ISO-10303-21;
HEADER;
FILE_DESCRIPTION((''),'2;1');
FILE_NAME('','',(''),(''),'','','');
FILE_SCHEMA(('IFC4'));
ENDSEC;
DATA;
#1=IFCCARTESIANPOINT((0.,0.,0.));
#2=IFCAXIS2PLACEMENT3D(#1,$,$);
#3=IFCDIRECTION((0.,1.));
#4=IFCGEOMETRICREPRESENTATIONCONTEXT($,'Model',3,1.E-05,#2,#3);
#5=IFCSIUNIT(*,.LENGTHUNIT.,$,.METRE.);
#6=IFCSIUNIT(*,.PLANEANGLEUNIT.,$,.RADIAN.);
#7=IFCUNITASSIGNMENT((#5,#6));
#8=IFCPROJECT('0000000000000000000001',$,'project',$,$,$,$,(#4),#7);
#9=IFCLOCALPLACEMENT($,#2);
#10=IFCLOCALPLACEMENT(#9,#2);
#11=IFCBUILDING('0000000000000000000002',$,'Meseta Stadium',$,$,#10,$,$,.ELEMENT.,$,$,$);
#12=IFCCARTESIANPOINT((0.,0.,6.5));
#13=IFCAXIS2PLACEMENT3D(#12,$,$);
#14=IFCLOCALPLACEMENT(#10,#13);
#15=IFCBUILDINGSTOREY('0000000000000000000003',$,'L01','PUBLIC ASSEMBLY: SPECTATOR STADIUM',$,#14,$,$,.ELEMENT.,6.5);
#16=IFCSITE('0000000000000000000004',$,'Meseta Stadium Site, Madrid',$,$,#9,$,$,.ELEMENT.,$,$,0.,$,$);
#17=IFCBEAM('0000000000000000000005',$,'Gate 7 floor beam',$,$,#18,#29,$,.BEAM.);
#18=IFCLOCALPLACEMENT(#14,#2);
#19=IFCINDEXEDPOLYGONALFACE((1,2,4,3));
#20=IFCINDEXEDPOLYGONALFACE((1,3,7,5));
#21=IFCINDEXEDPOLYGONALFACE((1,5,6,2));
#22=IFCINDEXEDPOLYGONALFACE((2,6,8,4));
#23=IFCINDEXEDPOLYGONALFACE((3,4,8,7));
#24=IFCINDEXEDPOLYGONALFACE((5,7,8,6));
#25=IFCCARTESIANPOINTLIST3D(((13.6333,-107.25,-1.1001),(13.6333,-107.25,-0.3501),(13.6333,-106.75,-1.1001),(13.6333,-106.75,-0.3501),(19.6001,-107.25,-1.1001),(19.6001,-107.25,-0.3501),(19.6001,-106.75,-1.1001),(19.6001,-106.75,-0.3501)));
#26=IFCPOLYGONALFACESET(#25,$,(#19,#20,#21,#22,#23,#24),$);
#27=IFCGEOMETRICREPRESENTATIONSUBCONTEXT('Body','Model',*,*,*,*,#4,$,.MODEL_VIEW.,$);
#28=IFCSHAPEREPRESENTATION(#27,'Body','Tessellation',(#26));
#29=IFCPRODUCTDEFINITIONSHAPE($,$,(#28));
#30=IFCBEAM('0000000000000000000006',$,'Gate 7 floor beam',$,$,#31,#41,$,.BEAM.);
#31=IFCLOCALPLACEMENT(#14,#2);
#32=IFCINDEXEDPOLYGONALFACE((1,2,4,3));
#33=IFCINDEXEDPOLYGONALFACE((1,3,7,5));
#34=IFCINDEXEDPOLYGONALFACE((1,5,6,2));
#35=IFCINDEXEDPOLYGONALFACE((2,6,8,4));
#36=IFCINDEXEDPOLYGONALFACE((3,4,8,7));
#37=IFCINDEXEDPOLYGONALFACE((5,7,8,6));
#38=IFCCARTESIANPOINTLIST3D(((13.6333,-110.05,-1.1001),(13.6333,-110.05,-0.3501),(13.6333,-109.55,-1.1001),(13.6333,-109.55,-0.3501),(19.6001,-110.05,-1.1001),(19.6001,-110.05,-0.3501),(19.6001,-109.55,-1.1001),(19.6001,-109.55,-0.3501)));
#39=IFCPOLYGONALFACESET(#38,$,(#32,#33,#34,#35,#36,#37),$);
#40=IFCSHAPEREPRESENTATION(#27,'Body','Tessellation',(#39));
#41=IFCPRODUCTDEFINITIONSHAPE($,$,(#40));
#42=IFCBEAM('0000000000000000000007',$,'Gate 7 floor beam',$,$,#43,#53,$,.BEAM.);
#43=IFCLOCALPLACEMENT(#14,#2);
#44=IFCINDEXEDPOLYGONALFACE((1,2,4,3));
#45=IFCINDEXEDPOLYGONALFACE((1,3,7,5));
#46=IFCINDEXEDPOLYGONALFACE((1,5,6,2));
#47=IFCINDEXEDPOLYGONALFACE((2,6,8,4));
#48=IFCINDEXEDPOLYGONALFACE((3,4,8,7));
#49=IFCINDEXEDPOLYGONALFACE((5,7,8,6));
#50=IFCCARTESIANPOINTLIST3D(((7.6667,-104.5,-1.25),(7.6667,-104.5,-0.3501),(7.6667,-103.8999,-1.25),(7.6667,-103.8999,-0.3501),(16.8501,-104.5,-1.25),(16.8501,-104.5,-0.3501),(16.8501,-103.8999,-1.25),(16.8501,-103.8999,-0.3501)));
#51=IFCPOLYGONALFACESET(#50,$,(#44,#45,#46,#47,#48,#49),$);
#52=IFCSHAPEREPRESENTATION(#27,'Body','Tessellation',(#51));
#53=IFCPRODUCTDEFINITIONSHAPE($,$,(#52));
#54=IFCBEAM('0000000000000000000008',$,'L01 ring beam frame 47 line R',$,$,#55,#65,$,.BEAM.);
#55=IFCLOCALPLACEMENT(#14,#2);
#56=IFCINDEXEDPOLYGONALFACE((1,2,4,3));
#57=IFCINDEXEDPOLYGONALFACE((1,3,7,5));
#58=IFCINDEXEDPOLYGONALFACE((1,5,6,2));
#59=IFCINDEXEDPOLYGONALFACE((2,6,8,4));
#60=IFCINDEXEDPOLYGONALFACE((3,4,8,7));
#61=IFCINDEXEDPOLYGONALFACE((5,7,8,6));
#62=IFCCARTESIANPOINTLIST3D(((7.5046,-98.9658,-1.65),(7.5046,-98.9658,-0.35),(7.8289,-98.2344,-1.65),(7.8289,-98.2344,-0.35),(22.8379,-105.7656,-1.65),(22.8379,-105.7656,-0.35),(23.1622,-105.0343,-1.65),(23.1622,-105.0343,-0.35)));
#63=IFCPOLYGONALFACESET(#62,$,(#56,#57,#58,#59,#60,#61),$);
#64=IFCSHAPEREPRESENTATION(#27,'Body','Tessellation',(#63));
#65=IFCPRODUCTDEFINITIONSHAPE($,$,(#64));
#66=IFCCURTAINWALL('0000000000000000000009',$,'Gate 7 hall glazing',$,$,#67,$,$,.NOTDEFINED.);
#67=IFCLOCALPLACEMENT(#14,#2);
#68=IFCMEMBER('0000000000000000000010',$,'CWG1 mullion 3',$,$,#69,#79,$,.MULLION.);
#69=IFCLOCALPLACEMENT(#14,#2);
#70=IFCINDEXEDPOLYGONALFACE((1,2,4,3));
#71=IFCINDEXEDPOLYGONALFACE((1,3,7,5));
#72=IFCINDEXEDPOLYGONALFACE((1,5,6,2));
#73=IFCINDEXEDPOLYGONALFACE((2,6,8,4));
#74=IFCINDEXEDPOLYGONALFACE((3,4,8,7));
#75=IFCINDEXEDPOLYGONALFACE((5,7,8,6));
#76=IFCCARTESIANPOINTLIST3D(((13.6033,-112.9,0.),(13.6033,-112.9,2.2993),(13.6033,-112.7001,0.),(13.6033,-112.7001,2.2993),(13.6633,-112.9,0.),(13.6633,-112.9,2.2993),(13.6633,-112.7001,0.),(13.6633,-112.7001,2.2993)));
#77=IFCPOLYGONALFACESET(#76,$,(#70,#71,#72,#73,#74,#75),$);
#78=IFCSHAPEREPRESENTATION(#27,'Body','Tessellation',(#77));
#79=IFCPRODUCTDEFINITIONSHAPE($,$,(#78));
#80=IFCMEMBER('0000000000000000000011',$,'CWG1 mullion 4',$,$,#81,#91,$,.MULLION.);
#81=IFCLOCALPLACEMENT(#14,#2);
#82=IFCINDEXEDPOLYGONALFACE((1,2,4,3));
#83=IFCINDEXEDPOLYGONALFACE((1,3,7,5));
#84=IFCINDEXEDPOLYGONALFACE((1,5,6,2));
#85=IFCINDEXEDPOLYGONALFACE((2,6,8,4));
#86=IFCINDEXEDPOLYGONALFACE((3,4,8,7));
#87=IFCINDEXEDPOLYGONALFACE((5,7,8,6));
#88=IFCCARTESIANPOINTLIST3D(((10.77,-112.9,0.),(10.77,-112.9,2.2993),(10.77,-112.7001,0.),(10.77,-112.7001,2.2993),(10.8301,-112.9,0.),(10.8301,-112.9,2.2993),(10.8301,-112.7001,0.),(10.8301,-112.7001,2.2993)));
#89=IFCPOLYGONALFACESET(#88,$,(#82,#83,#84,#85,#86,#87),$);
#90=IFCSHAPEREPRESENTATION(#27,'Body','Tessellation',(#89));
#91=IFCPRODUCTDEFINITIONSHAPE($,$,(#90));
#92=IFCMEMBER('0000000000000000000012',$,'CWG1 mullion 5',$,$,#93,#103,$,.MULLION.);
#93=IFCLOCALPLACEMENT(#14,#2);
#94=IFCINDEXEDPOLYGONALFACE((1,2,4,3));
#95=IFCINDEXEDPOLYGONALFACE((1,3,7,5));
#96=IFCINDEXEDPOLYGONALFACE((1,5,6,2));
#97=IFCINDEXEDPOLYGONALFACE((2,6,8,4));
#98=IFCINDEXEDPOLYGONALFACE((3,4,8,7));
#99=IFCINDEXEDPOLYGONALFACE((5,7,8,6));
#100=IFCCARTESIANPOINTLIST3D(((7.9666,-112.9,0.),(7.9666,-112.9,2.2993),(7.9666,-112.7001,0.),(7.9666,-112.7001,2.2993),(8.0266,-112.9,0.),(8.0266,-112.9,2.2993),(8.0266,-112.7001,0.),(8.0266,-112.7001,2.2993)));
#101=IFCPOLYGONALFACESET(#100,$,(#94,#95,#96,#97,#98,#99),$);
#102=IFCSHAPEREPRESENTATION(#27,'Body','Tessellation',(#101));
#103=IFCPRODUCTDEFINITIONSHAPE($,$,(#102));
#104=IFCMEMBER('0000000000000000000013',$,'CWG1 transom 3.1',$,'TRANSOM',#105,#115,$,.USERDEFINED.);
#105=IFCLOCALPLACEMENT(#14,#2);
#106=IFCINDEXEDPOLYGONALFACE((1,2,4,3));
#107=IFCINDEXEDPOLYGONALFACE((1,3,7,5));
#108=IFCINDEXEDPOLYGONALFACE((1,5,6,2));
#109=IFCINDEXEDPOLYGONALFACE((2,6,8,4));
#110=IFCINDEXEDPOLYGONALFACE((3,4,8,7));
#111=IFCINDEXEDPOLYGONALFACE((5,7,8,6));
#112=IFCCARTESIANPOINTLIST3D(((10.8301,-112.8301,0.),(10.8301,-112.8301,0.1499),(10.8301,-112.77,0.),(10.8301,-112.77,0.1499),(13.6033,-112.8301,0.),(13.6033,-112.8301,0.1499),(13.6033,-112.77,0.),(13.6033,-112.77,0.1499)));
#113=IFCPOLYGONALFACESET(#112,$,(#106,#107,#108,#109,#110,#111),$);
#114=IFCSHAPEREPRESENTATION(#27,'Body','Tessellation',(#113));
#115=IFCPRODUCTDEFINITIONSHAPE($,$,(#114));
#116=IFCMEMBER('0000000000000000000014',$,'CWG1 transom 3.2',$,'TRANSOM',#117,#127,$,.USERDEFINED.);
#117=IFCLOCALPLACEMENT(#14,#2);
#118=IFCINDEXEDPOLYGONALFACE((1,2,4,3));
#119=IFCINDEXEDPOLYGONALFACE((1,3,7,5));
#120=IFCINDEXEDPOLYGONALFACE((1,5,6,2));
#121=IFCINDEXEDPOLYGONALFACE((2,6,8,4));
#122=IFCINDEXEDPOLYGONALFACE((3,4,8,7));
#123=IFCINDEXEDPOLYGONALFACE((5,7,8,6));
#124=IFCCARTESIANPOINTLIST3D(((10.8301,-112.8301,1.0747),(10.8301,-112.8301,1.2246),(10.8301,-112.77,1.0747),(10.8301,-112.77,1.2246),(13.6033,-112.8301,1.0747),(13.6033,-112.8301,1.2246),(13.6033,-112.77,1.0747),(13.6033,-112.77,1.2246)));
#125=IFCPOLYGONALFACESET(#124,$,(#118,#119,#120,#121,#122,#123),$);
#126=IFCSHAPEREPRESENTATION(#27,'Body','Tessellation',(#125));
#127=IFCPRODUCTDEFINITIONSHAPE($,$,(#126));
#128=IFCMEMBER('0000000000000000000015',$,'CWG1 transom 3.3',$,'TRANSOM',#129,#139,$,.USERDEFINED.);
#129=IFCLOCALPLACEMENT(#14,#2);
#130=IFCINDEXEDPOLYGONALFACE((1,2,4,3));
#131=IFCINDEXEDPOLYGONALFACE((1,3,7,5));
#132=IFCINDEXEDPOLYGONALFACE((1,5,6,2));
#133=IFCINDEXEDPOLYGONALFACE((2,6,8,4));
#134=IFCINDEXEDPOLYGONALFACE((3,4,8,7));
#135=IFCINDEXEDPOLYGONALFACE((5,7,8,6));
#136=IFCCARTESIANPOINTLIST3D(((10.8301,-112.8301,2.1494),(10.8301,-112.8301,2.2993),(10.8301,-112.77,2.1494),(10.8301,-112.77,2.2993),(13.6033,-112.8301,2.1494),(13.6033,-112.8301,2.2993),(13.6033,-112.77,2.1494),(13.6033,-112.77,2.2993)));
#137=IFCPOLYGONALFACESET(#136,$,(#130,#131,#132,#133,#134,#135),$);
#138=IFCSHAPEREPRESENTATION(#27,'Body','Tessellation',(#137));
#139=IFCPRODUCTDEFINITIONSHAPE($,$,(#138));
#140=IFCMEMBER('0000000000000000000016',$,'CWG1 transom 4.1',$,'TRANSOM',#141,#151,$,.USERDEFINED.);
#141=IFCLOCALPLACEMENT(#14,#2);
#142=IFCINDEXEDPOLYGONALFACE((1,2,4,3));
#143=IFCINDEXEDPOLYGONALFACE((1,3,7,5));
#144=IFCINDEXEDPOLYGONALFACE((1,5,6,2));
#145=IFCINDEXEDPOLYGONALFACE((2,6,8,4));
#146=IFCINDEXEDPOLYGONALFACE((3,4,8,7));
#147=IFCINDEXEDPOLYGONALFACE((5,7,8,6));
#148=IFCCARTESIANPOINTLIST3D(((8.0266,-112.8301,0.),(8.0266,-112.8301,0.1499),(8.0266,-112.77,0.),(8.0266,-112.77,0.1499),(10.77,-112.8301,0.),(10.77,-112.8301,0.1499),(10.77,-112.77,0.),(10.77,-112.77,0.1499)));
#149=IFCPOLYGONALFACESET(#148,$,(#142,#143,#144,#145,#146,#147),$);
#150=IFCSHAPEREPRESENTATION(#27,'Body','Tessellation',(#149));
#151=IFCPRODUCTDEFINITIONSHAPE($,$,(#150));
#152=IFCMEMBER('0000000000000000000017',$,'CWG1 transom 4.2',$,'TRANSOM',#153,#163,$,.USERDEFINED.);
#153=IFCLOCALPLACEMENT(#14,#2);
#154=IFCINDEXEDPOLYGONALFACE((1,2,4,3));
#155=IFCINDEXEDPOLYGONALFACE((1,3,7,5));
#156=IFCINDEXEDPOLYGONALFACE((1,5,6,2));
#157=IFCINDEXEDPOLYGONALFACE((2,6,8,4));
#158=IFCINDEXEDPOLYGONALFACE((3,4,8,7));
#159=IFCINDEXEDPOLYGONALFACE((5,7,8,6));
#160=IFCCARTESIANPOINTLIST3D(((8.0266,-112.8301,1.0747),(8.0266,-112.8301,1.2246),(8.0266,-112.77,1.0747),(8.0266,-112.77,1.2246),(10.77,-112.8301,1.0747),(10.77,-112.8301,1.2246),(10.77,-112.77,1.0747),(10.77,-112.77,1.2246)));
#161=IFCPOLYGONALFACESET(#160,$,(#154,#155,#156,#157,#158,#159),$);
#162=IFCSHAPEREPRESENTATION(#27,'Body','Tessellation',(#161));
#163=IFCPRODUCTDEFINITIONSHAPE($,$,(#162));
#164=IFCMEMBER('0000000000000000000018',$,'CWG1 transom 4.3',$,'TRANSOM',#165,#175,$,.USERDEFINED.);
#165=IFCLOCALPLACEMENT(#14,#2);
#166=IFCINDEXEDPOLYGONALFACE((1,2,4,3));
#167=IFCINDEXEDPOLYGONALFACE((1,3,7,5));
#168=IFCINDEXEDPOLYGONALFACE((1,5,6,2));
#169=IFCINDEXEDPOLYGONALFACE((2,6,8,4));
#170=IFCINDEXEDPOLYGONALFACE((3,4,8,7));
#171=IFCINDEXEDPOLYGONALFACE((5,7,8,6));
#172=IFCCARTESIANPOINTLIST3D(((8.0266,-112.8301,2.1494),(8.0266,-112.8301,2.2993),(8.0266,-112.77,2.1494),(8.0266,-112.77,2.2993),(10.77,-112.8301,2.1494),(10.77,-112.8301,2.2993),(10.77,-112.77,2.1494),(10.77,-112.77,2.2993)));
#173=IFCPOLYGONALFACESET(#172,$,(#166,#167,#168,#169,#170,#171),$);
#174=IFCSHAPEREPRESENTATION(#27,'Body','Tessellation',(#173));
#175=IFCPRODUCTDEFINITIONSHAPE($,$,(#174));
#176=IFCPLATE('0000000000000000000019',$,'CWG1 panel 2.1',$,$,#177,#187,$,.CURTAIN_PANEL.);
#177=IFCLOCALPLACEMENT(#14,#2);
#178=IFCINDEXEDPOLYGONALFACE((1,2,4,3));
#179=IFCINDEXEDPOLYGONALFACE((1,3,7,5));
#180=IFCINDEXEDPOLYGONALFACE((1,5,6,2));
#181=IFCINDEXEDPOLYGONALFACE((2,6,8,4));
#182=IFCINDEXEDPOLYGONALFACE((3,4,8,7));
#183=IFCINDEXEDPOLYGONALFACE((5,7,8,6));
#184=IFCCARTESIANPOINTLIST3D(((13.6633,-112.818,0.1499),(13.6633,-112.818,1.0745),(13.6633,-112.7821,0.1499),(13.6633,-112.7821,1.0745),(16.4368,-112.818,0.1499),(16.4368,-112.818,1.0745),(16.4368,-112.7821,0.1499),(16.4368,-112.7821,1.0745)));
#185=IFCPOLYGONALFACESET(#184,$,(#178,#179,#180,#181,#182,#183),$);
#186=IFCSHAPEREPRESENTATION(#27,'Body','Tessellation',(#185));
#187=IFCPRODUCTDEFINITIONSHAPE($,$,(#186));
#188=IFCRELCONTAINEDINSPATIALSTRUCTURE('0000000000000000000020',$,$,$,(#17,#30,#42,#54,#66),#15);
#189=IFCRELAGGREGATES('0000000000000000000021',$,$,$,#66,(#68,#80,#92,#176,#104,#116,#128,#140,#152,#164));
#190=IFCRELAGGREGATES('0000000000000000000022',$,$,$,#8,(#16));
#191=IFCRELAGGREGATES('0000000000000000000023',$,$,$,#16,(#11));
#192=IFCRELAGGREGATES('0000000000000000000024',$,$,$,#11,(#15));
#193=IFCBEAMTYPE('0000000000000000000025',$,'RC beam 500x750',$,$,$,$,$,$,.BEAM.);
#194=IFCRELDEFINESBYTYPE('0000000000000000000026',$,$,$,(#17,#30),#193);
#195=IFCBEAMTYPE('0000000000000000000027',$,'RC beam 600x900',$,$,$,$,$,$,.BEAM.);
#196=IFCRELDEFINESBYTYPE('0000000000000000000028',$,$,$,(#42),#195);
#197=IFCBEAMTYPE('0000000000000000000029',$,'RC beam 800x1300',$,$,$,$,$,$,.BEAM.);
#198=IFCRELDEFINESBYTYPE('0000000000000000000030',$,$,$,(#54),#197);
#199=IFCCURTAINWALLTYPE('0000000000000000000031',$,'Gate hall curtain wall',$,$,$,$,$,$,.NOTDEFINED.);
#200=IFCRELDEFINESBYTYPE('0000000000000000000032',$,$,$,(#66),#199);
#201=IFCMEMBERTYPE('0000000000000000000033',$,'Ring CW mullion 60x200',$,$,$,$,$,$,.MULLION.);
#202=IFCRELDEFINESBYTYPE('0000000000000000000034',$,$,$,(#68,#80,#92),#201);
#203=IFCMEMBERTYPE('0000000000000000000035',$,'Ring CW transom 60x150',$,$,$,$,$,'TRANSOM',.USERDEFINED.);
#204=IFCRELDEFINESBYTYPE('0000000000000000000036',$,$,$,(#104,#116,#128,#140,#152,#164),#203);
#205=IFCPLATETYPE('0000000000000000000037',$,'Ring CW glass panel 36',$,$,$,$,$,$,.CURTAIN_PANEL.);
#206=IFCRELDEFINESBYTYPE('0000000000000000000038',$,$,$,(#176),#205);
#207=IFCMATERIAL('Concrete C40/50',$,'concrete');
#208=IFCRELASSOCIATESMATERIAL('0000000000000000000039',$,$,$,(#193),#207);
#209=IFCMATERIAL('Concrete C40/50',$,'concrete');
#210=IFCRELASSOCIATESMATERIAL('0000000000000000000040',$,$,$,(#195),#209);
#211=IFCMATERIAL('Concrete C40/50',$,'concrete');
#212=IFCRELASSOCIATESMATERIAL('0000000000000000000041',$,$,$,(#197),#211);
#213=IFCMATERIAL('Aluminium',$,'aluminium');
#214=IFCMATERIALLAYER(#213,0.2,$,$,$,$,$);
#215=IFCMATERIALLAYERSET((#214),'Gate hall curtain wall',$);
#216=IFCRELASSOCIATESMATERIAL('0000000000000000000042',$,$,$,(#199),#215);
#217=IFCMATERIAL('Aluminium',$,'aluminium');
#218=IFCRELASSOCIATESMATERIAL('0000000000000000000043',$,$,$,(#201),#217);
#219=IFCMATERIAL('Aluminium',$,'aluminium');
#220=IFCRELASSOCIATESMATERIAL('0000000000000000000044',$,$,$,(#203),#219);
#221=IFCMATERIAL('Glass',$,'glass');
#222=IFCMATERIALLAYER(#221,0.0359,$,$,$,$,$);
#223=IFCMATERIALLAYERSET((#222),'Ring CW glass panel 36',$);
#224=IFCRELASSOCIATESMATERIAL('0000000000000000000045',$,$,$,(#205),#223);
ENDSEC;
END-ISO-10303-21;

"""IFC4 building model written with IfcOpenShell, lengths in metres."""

from ifc_helpers import new_model, si_unit, direction, frame, origin, origin_2d, place, context, subcontext, project, spatial, rectangle, extrude, material, layer, layer_set, material_profile, profile_set, type_object, element, aggregate, save


model = new_model("IFC4")

# Units and contexts
model_context = context("Model", 3, precision=1e-05, world=origin(), true_north=direction((0.0, 1.0)))
body_context = subcontext(model_context, "Body", "Model", "MODEL_VIEW")
ifc_project = project(units=[si_unit("LENGTHUNIT", "METRE"), si_unit("PLANEANGLEUNIT", "RADIAN")], contexts=[model_context])

# Site, building, storey
site_placement = place(None, origin())
site = spatial("IfcSite", under=ifc_project, at=site_placement, Name="Meseta Stadium Site, Madrid", CompositionType="ELEMENT", RefElevation=0.0)
building_placement = place(site_placement, origin())
building = spatial("IfcBuilding", under=site, at=building_placement, Name="Meseta Stadium", CompositionType="ELEMENT")
storey_placement = place(building_placement, frame((0.0, 0.0, 6.5)))
storey = spatial("IfcBuildingStorey", under=building, at=storey_placement, Name="L01", Description="PUBLIC ASSEMBLY: SPECTATOR STADIUM", CompositionType="ELEMENT", Elevation=6.5)

# Beams
ifc_material_1 = material(Name="Concrete C40/50", Category="concrete")
ifc_material_profile_1 = material_profile(ifc_material_1, rectangle(XDim=0.5, YDim=0.75, at=origin_2d()), Name="RC 500x750")
ifc_profile_set_1 = profile_set([ifc_material_profile_1], Name="Concrete C40/50")
beam_type_1 = type_object("IfcBeamType", Name="RC beam 500x750", PredefinedType="BEAM", material=ifc_profile_set_1)
for number, where, z_axis, x_axis, name in (
    (1, (13.6333, -107.0, -0.7251), (1.0, 0.0, 0.0), (0.0, 1.0, 0.0), "Gate 7 floor beam"),
    (2, (13.6333, -109.8, -0.7251), (1.0, 0.0, 0.0), (0.0, 1.0, 0.0), "Gate 7 floor beam"),
):
    element("IfcBeam", number, at=place(storey_placement, frame(where, z_axis=z_axis, x_axis=x_axis)), inside=storey, type_object=beam_type_1, Name=name, PredefinedType="BEAM", context=body_context, shape_type="SweptSolid", body=[
        extrude(rectangle(XDim=0.5, YDim=0.75, at=origin_2d()), origin(), (0.0, 0.0, 1.0), 5.9668),
    ])
ifc_material_2 = material(Name="Concrete C40/50", Category="concrete")
ifc_material_profile_2 = material_profile(ifc_material_2, rectangle(XDim=0.6001, YDim=0.8999, at=origin_2d()), Name="RC 600x900")
ifc_profile_set_2 = profile_set([ifc_material_profile_2], Name="Concrete C40/50")
beam_type_2 = type_object("IfcBeamType", Name="RC beam 600x900", PredefinedType="BEAM", material=ifc_profile_set_2)
beam_1_placement = place(storey_placement, frame((7.6667, -104.2, -0.8), z_axis=(1.0, 0.0, 0.0), x_axis=(0.0, 1.0, 0.0)))
element("IfcBeam", 3, at=beam_1_placement, inside=storey, type_object=beam_type_2, Name="Gate 7 floor beam", PredefinedType="BEAM", context=body_context, shape_type="SweptSolid", body=[
    extrude(rectangle(XDim=0.6001, YDim=0.8999, at=origin_2d()), origin(), (0.0, 0.0, 1.0), 9.1833),
])
ifc_material_3 = material(Name="Concrete C40/50", Category="concrete")
ifc_material_profile_3 = material_profile(ifc_material_3, rectangle(XDim=0.8, YDim=1.3, at=origin_2d()), Name="RC 800x1300")
ifc_profile_set_3 = profile_set([ifc_material_profile_3], Name="Concrete C40/50")
beam_type_3 = type_object("IfcBeamType", Name="RC beam 800x1300", PredefinedType="BEAM", material=ifc_profile_set_3)
beam_2_placement = place(storey_placement, frame((7.6667, -98.6001, -1.0), z_axis=(0.914143, -0.405393, 0.0), x_axis=(0.405393, 0.914143, 0.0)))
element("IfcBeam", 4, at=beam_2_placement, inside=storey, type_object=beam_type_3, Name="L01 ring beam frame 47 line R", PredefinedType="BEAM", context=body_context, shape_type="SweptSolid", body=[
    extrude(rectangle(XDim=0.8, YDim=1.3, at=origin_2d()), origin(), (0.0, 0.0, 1.0), 16.7734),
])

# Curtain wall, members, plate
ifc_material_4 = material(Name="Aluminium", Category="aluminium")
ifc_layer_1 = layer(ifc_material_4, 0.2)
ifc_layer_set_1 = layer_set([ifc_layer_1], Name="Gate hall curtain wall")
curtain_wall_type = type_object("IfcCurtainWallType", Name="Gate hall curtain wall", PredefinedType="NOTDEFINED", material=ifc_layer_set_1)
curtain_wall_placement = place(storey_placement, origin())
curtain_wall = element("IfcCurtainWall", 5, at=curtain_wall_placement, inside=storey, type_object=curtain_wall_type, Name="Gate 7 hall glazing", PredefinedType="NOTDEFINED")
ifc_material_5 = material(Name="Aluminium", Category="aluminium")
ifc_material_profile_4 = material_profile(ifc_material_5, rectangle(XDim=0.2, YDim=0.0601, at=origin_2d()), Name="CW 200x60")
ifc_profile_set_4 = profile_set([ifc_material_profile_4], Name="Aluminium")
member_type_1 = type_object("IfcMemberType", Name="Ring CW mullion 60x200", PredefinedType="MULLION", material=ifc_profile_set_4)
member_1_placement = place(storey_placement, frame((13.6333, -112.8, 0.0), z_axis=(0.0, 0.0, 1.0), x_axis=(0.0, -1.0, 0.0)))
member_1 = element("IfcMember", 6, at=member_1_placement, type_object=member_type_1, Name="CWG1 mullion 3", PredefinedType="MULLION", context=body_context, shape_type="SweptSolid", body=[
    extrude(rectangle(XDim=0.2, YDim=0.0601, at=origin_2d()), origin(), (0.0, 0.0, 1.0), 2.2993),
])
member_2_placement = place(storey_placement, frame((10.8, -112.8, 0.0), z_axis=(0.0, 0.0, 1.0), x_axis=(0.0, -1.0, 0.0)))
member_2 = element("IfcMember", 7, at=member_2_placement, type_object=member_type_1, Name="CWG1 mullion 4", PredefinedType="MULLION", context=body_context, shape_type="SweptSolid", body=[
    extrude(rectangle(XDim=0.2, YDim=0.0601, at=origin_2d()), origin(), (0.0, 0.0, 1.0), 2.2993),
])
member_3_placement = place(storey_placement, frame((7.9966, -112.8, 0.0), z_axis=(0.0, 0.0, 1.0), x_axis=(0.0, -1.0, 0.0)))
member_3 = element("IfcMember", 8, at=member_3_placement, type_object=member_type_1, Name="CWG1 mullion 5", PredefinedType="MULLION", context=body_context, shape_type="SweptSolid", body=[
    extrude(rectangle(XDim=0.2, YDim=0.0601, at=origin_2d()), origin(), (0.0, 0.0, 1.0), 2.2993),
])
ifc_material_6 = material(Name="Aluminium", Category="aluminium")
ifc_material_profile_5 = material_profile(ifc_material_6, rectangle(XDim=0.0601, YDim=0.1499, at=origin_2d()), Name="CW 60x150")
ifc_profile_set_5 = profile_set([ifc_material_profile_5], Name="Aluminium")
member_type_2 = type_object("IfcMemberType", Name="Ring CW transom 60x150", ElementType="TRANSOM", PredefinedType="USERDEFINED", material=ifc_profile_set_5)
member_4_placement = place(storey_placement, frame((13.6033, -112.8, 0.075), z_axis=(-1.0, 0.0, 0.0), x_axis=(0.0, -1.0, 0.0)))
member_4 = element("IfcMember", 9, at=member_4_placement, type_object=member_type_2, Name="CWG1 transom 3.1", ObjectType="TRANSOM", PredefinedType="USERDEFINED", context=body_context, shape_type="SweptSolid", body=[
    extrude(rectangle(XDim=0.0601, YDim=0.1499, at=origin_2d()), origin(), (0.0, 0.0, 1.0), 2.7732),
])
member_5_placement = place(storey_placement, frame((13.6033, -112.8, 1.1497), z_axis=(-1.0, 0.0, 0.0), x_axis=(0.0, -1.0, 0.0)))
member_5 = element("IfcMember", 10, at=member_5_placement, type_object=member_type_2, Name="CWG1 transom 3.2", ObjectType="TRANSOM", PredefinedType="USERDEFINED", context=body_context, shape_type="SweptSolid", body=[
    extrude(rectangle(XDim=0.0601, YDim=0.1499, at=origin_2d()), origin(), (0.0, 0.0, 1.0), 2.7732),
])
member_6_placement = place(storey_placement, frame((13.6033, -112.8, 2.2244), z_axis=(-1.0, 0.0, 0.0), x_axis=(0.0, -1.0, 0.0)))
member_6 = element("IfcMember", 11, at=member_6_placement, type_object=member_type_2, Name="CWG1 transom 3.3", ObjectType="TRANSOM", PredefinedType="USERDEFINED", context=body_context, shape_type="SweptSolid", body=[
    extrude(rectangle(XDim=0.0601, YDim=0.1499, at=origin_2d()), origin(), (0.0, 0.0, 1.0), 2.7732),
])
member_7_placement = place(storey_placement, frame((10.77, -112.8, 0.075), z_axis=(-1.0, 0.0, 0.0), x_axis=(0.0, -1.0, 0.0)))
member_7 = element("IfcMember", 12, at=member_7_placement, type_object=member_type_2, Name="CWG1 transom 4.1", ObjectType="TRANSOM", PredefinedType="USERDEFINED", context=body_context, shape_type="SweptSolid", body=[
    extrude(rectangle(XDim=0.0601, YDim=0.1499, at=origin_2d()), origin(), (0.0, 0.0, 1.0), 2.7434),
])
member_8_placement = place(storey_placement, frame((10.77, -112.8, 1.1497), z_axis=(-1.0, 0.0, 0.0), x_axis=(0.0, -1.0, 0.0)))
member_8 = element("IfcMember", 13, at=member_8_placement, type_object=member_type_2, Name="CWG1 transom 4.2", ObjectType="TRANSOM", PredefinedType="USERDEFINED", context=body_context, shape_type="SweptSolid", body=[
    extrude(rectangle(XDim=0.0601, YDim=0.1499, at=origin_2d()), origin(), (0.0, 0.0, 1.0), 2.7434),
])
member_9_placement = place(storey_placement, frame((10.77, -112.8, 2.2244), z_axis=(-1.0, 0.0, 0.0), x_axis=(0.0, -1.0, 0.0)))
member_9 = element("IfcMember", 14, at=member_9_placement, type_object=member_type_2, Name="CWG1 transom 4.3", ObjectType="TRANSOM", PredefinedType="USERDEFINED", context=body_context, shape_type="SweptSolid", body=[
    extrude(rectangle(XDim=0.0601, YDim=0.1499, at=origin_2d()), origin(), (0.0, 0.0, 1.0), 2.7434),
])
ifc_material_7 = material(Name="Glass", Category="glass")
ifc_layer_2 = layer(ifc_material_7, 0.0359)
ifc_layer_set_2 = layer_set([ifc_layer_2], Name="Ring CW glass panel 36")
plate_type = type_object("IfcPlateType", Name="Ring CW glass panel 36", PredefinedType="CURTAIN_PANEL", material=ifc_layer_set_2)
plate_1_placement = place(storey_placement, frame((15.05, -112.8, 0.1499), z_axis=(0.0, 0.0, 1.0), x_axis=(-1.0, 0.0, 0.0)))
plate_1 = element("IfcPlate", 15, at=plate_1_placement, type_object=plate_type, Name="CWG1 panel 2.1", PredefinedType="CURTAIN_PANEL", context=body_context, shape_type="SweptSolid", body=[
    extrude(rectangle(XDim=2.7734, YDim=0.0359, at=origin_2d()), origin(), (0.0, 0.0, 1.0), 0.9246),
])
aggregate(curtain_wall, [member_1, member_2, member_3, plate_1, member_4, member_5, member_6, member_7, member_8, member_9])

save(model, "model.ifc")
